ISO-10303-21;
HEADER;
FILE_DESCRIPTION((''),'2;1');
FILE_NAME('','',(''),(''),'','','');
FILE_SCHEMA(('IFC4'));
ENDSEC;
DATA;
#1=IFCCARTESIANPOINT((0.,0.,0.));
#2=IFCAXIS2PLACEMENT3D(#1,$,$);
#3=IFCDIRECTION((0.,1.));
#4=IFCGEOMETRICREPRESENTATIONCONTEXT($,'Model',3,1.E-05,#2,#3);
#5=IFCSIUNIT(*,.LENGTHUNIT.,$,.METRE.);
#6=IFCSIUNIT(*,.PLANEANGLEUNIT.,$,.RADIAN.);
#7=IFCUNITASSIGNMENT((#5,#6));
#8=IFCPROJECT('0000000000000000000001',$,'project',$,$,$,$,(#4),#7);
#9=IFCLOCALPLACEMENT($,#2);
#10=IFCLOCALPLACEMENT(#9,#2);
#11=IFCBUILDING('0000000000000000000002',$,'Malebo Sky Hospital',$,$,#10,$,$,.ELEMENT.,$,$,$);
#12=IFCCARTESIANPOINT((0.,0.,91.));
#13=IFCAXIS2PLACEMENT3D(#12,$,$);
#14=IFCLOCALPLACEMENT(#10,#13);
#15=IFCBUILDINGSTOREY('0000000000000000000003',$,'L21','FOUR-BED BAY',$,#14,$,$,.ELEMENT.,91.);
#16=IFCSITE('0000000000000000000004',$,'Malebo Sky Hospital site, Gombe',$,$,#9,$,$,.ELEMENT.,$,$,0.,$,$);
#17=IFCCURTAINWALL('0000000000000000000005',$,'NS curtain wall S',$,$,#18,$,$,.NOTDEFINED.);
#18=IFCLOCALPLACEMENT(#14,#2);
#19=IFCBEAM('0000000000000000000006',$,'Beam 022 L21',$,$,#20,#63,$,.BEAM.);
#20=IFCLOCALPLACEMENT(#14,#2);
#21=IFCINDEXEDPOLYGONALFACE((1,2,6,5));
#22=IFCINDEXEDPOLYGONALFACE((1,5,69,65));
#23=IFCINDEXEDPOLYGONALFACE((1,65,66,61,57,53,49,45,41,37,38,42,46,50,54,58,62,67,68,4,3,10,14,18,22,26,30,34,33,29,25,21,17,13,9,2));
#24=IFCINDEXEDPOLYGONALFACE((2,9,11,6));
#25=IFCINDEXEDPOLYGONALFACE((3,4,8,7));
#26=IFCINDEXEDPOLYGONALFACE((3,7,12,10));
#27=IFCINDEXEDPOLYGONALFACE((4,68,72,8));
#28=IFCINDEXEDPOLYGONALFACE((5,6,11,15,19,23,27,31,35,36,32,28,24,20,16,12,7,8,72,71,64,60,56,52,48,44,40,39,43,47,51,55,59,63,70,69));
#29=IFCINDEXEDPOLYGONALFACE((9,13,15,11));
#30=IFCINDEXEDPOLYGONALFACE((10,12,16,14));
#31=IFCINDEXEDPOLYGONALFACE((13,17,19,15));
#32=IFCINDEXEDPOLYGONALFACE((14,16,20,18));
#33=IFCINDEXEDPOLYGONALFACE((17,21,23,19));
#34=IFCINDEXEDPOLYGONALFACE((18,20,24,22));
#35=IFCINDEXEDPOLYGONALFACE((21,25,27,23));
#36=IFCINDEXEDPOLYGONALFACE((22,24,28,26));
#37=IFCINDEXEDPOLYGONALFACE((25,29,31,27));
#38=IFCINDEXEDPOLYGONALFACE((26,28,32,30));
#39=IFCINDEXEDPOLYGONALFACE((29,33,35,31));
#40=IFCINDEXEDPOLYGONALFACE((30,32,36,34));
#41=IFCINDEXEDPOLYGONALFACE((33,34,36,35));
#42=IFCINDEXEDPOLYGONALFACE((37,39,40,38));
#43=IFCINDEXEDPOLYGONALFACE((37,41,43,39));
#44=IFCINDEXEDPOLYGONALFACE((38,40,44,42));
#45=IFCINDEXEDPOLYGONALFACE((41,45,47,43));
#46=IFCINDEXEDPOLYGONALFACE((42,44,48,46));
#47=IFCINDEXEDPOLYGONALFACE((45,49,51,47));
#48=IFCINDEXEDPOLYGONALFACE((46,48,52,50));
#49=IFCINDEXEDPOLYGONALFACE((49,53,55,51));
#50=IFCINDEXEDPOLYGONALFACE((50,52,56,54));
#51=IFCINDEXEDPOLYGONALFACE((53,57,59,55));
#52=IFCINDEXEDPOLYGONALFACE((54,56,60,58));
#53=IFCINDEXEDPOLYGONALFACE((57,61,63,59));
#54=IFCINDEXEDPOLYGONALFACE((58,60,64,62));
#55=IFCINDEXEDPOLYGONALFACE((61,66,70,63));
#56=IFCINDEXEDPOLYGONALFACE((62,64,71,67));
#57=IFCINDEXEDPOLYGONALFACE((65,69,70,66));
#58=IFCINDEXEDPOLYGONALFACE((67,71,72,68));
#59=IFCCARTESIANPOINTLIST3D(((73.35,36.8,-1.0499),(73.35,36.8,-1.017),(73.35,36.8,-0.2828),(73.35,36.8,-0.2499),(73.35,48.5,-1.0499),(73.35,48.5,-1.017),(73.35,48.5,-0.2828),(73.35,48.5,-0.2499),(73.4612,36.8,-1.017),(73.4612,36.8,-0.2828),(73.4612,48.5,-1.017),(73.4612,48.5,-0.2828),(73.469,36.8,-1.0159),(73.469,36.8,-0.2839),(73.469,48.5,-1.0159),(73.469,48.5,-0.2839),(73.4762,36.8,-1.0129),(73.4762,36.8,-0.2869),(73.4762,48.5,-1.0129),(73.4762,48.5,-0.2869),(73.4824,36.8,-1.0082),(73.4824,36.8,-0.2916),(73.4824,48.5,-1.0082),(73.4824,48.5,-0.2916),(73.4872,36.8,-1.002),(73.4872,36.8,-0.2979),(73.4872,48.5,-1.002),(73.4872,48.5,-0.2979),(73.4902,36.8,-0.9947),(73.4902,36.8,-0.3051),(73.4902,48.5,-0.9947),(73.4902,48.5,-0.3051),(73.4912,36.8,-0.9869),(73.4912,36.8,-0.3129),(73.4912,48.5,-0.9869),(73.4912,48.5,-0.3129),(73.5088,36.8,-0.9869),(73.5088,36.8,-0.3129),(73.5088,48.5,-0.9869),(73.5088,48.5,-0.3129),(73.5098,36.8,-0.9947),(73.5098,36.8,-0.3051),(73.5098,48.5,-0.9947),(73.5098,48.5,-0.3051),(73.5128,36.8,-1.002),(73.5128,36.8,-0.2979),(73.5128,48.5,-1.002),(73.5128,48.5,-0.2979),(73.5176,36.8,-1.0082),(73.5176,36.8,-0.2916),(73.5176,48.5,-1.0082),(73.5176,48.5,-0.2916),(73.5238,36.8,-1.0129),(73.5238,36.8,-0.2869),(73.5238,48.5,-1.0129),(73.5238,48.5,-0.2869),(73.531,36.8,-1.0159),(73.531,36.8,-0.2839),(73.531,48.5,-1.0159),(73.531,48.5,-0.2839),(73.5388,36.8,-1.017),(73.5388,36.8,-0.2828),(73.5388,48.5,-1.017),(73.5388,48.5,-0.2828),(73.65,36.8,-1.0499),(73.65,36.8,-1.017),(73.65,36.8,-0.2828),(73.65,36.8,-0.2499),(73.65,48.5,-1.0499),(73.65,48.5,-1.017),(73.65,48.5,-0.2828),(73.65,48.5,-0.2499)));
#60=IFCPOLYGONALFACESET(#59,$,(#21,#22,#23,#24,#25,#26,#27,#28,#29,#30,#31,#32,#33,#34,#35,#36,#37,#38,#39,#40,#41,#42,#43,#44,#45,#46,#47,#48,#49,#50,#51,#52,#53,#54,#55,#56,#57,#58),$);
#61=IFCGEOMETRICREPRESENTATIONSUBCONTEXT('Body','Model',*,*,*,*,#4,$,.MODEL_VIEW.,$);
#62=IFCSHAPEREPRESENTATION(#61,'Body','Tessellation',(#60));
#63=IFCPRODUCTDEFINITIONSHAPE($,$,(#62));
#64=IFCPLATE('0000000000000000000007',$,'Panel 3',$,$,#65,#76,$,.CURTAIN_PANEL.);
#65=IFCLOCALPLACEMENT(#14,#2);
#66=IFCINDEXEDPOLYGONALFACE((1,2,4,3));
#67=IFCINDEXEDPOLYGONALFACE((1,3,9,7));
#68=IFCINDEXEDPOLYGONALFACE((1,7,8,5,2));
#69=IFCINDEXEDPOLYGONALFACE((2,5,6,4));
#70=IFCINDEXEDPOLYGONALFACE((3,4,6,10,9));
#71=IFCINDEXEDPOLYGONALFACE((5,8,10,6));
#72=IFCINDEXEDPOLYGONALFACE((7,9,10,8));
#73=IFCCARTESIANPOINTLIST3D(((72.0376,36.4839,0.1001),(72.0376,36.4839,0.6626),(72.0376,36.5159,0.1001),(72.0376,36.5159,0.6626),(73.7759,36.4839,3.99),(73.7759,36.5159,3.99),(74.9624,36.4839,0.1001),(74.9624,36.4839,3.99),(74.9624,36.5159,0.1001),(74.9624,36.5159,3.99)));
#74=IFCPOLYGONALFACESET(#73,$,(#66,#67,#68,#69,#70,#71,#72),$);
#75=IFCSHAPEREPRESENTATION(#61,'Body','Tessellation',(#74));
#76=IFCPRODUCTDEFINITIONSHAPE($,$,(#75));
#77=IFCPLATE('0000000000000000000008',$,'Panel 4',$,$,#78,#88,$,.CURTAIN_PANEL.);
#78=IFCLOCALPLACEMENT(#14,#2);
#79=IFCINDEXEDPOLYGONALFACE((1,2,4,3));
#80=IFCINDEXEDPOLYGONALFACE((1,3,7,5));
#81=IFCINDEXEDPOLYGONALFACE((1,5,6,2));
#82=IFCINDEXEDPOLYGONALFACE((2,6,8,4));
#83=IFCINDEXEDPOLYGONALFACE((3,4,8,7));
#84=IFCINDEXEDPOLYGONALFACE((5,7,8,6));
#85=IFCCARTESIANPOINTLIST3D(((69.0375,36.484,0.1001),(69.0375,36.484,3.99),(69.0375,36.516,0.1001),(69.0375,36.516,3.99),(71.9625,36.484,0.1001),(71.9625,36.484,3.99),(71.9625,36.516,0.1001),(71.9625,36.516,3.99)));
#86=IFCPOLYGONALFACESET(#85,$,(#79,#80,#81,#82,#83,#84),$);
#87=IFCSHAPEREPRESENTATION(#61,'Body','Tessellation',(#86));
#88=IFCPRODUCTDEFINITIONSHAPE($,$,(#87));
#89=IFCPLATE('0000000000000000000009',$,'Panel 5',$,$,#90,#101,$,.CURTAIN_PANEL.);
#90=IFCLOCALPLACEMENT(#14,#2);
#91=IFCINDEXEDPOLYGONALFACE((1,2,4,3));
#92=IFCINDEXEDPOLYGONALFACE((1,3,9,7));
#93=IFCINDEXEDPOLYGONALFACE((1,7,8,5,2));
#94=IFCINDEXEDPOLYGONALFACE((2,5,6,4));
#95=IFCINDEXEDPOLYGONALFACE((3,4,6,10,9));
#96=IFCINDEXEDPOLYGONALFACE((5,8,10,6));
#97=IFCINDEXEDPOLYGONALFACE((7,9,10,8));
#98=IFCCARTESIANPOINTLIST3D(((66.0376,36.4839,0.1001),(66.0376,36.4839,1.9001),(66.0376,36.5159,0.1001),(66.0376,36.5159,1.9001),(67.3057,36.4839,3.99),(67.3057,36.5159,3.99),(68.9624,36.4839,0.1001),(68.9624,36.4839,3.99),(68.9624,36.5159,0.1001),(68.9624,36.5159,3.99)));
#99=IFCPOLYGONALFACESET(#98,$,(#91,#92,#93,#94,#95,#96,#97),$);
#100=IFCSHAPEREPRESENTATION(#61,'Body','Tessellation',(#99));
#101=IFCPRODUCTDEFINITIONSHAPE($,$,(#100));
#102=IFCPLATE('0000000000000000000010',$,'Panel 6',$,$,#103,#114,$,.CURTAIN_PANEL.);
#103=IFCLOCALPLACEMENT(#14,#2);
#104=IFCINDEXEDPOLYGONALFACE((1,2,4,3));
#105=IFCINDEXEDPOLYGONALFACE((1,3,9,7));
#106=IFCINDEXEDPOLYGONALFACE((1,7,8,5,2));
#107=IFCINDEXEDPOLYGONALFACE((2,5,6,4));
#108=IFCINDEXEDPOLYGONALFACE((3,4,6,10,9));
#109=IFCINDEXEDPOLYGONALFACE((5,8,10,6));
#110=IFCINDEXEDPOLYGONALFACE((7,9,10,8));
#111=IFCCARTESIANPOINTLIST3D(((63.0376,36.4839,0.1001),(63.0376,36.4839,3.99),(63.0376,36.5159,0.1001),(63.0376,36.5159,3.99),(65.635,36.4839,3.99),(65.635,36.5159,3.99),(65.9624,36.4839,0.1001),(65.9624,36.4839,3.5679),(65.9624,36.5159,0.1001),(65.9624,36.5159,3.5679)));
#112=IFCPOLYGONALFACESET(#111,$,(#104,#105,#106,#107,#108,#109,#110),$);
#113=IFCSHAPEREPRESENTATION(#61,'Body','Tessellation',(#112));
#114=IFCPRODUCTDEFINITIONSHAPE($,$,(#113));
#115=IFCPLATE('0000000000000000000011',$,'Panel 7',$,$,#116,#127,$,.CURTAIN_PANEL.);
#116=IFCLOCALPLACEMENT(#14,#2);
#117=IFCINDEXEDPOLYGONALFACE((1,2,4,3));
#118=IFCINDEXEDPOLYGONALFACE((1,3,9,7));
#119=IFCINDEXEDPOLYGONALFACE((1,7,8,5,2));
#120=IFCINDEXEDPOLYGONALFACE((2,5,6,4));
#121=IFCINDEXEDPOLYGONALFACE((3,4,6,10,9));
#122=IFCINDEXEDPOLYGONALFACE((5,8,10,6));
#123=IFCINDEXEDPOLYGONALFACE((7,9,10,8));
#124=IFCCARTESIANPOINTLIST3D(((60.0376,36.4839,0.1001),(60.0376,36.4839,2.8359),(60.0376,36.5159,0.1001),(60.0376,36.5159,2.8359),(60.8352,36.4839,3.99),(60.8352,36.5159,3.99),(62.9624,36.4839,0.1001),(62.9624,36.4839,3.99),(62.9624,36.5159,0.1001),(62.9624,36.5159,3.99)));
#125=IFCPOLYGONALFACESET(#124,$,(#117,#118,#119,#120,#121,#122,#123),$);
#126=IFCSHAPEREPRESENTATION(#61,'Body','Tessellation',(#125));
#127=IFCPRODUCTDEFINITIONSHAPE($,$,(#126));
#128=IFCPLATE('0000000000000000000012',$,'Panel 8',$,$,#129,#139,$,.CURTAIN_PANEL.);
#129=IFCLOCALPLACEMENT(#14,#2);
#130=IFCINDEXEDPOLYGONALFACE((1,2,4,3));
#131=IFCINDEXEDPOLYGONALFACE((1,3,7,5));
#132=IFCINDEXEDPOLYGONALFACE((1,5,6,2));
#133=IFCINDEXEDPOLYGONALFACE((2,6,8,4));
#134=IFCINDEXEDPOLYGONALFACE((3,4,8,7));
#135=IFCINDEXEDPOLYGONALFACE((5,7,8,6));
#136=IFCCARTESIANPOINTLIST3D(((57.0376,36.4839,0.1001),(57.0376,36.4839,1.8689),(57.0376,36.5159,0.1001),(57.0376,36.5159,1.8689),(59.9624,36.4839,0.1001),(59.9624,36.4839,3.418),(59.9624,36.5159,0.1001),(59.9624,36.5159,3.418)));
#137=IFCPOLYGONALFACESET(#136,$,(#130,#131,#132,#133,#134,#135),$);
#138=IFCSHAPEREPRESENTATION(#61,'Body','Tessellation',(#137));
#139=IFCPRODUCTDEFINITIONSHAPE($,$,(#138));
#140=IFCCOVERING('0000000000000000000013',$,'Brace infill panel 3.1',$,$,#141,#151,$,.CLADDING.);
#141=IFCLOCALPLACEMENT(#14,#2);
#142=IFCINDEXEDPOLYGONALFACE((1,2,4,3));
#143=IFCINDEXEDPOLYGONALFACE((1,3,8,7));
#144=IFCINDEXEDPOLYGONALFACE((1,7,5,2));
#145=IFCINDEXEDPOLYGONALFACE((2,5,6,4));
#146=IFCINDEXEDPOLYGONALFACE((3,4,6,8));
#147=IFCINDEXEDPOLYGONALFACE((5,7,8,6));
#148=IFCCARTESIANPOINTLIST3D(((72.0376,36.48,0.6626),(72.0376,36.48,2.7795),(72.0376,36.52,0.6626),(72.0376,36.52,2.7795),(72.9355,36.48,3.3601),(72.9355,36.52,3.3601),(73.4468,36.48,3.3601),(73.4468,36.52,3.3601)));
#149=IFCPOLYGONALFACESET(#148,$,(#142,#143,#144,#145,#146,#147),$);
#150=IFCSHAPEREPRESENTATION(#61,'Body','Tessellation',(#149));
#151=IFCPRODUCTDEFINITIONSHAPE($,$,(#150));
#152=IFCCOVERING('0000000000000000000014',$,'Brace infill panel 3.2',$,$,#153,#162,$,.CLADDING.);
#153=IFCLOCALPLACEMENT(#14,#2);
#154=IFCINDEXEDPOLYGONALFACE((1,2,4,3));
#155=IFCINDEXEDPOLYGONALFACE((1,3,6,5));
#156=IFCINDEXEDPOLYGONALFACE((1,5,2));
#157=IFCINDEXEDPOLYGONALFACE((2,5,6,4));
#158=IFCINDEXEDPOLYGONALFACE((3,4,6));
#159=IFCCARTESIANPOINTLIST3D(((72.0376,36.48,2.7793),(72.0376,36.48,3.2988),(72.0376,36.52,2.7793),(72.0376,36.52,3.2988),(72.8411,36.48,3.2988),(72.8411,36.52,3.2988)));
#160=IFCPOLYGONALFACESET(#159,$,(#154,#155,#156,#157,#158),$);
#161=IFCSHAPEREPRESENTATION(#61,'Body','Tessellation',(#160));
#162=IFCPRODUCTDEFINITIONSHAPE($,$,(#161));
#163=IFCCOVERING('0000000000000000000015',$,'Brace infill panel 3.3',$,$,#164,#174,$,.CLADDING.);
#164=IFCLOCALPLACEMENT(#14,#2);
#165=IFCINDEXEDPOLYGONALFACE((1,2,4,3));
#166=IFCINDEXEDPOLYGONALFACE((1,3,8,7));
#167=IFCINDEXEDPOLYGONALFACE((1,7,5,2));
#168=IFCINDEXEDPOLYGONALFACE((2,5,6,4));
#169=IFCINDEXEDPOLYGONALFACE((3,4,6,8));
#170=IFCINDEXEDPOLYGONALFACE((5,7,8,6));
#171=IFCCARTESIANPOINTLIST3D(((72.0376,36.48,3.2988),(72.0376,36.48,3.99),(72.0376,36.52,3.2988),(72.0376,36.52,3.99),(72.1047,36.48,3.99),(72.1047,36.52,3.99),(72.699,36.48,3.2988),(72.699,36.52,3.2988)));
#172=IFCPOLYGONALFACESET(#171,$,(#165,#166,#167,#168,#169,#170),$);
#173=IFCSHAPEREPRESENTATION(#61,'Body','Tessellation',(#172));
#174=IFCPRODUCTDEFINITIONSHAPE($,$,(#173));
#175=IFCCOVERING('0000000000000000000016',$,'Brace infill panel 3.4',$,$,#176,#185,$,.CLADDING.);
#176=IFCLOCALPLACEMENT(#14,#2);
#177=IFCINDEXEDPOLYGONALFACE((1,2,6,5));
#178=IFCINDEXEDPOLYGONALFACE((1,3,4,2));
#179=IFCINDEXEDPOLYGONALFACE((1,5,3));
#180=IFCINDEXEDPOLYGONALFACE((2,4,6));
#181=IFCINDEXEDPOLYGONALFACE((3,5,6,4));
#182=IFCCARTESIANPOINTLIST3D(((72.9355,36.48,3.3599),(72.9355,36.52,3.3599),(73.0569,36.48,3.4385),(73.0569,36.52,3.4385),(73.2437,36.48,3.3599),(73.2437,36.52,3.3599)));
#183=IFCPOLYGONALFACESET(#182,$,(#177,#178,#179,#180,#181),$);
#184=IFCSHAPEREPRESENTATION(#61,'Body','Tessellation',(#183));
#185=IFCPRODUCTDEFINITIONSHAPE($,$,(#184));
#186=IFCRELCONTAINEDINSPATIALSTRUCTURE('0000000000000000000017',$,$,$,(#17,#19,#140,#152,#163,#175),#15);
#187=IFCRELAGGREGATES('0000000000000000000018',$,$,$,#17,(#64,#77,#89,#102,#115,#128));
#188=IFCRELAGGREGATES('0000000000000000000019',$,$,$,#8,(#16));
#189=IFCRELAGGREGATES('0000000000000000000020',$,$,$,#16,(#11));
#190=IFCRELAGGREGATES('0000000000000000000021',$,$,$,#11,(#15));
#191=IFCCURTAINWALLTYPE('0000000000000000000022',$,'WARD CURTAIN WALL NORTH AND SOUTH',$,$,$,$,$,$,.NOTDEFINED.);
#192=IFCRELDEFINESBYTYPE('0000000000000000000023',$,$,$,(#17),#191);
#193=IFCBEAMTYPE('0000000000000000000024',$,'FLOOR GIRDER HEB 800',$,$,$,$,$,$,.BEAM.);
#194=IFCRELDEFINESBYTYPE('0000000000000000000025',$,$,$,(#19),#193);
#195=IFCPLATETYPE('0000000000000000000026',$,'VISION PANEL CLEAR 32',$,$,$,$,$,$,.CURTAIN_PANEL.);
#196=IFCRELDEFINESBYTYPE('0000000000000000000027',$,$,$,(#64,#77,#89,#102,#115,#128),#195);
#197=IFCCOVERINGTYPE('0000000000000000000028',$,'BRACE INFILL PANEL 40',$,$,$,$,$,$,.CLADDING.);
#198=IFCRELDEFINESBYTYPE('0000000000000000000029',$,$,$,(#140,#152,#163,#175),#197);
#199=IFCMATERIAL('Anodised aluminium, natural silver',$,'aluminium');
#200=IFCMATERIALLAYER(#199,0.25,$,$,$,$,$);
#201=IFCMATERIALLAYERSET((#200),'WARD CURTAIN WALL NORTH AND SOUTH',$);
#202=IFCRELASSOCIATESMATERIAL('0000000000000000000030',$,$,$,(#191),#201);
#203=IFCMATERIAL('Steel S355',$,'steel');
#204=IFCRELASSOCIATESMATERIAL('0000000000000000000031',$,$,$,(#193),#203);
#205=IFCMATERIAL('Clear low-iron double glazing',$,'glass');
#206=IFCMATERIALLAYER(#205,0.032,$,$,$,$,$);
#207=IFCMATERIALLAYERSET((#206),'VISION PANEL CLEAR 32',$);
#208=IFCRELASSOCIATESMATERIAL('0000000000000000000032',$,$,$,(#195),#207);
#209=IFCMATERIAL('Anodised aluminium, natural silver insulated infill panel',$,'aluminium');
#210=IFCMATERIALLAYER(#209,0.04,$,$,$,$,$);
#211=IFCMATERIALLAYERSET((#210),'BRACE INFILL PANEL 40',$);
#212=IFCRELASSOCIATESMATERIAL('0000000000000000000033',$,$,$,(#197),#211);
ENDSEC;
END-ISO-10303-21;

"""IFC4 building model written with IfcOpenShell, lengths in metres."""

from ifc_helpers import new_model, si_unit, direction, frame, origin, origin_2d, place, context, subcontext, project, spatial, polyline, rectangle, i_section, outline, extrude, material, layer, layer_set, material_profile, profile_set, type_object, element, aggregate, save


model = new_model("IFC4")

# Units and contexts
model_context = context("Model", 3, precision=1e-05, world=origin(), true_north=direction((0.0, 1.0)))
body_context = subcontext(model_context, "Body", "Model", "MODEL_VIEW")
ifc_project = project(units=[si_unit("LENGTHUNIT", "METRE"), si_unit("PLANEANGLEUNIT", "RADIAN")], contexts=[model_context])

# Site, building, storey
site_placement = place(None, origin())
site = spatial("IfcSite", under=ifc_project, at=site_placement, Name="Malebo Sky Hospital site, Gombe", CompositionType="ELEMENT", RefElevation=0.0)
building_placement = place(site_placement, origin())
building = spatial("IfcBuilding", under=site, at=building_placement, Name="Malebo Sky Hospital", CompositionType="ELEMENT")
storey_placement = place(building_placement, frame((0.0, 0.0, 91.0)))
storey = spatial("IfcBuildingStorey", under=building, at=storey_placement, Name="L21", Description="FOUR-BED BAY", CompositionType="ELEMENT", Elevation=91.0)

# Curtain wall
ifc_material_1 = material(Name="Anodised aluminium, natural silver", Category="aluminium")
ifc_layer_1 = layer(ifc_material_1, 0.25)
ifc_layer_set_1 = layer_set([ifc_layer_1], Name="WARD CURTAIN WALL NORTH AND SOUTH")
curtain_wall_type = type_object("IfcCurtainWallType", Name="WARD CURTAIN WALL NORTH AND SOUTH", PredefinedType="NOTDEFINED", material=ifc_layer_set_1)
curtain_wall_placement = place(storey_placement, origin())
curtain_wall = element("IfcCurtainWall", 1, at=curtain_wall_placement, inside=storey, type_object=curtain_wall_type, Name="NS curtain wall S", PredefinedType="NOTDEFINED")

# Beam
ifc_material_2 = material(Name="Steel S355", Category="steel")
ifc_material_profile_1 = material_profile(ifc_material_2, i_section(OverallWidth=0.3, OverallDepth=0.8, WebThickness=0.0176, FlangeThickness=0.033, FilletRadius=0.03, at=origin_2d()), Name="HEB 800")
ifc_profile_set_1 = profile_set([ifc_material_profile_1], Name="Steel S355")
beam_type_1 = type_object("IfcBeamType", Name="FLOOR GIRDER HEB 800", PredefinedType="BEAM", material=ifc_profile_set_1)
beam_1_placement = place(storey_placement, frame((73.5, 36.8, -0.6499), z_axis=(0.0, 1.0, 0.0), x_axis=(-1.0, 0.0, 0.0)))
element("IfcBeam", 2, at=beam_1_placement, inside=storey, type_object=beam_type_1, Name="Beam 022 L21", PredefinedType="BEAM", context=body_context, shape_type="SweptSolid", body=[
    extrude(i_section(OverallWidth=0.3, OverallDepth=0.8, WebThickness=0.0176, FlangeThickness=0.033, FilletRadius=0.03, at=origin_2d()), origin(), (0.0, 0.0, 1.0), 11.7),
])

# Plates
ifc_material_3 = material(Name="Clear low-iron double glazing", Category="glass")
ifc_layer_2 = layer(ifc_material_3, 0.032)
ifc_layer_set_2 = layer_set([ifc_layer_2], Name="VISION PANEL CLEAR 32")
plate_type = type_object("IfcPlateType", Name="VISION PANEL CLEAR 32", PredefinedType="CURTAIN_PANEL", material=ifc_layer_set_2)
plate_1_placement = place(storey_placement, frame((73.5, 36.5, 0.1001), z_axis=(0.0, 0.0, 1.0), x_axis=(-1.0, 0.0, 0.0)))
plate_1 = element("IfcPlate", 3, at=plate_1_placement, type_object=plate_type, Name="Panel 3", PredefinedType="CURTAIN_PANEL", context=body_context, shape_type="SweptSolid", body=[
    extrude(outline(polyline([(-1.4624, 0.0), (1.4624, 0.0), (1.4624, 0.5625), (-0.2759, 3.8899), (-1.4624, 3.8899), (-1.4624, 0.0)])), frame((0.0, 0.0161, 0.0), z_axis=(0.0, -1.0, 0.0), x_axis=(1.0, 0.0, 0.0)), (0.0, 0.0, 1.0), 0.032),
])
plate_2_placement = place(storey_placement, frame((70.5, 36.5, 0.1001), z_axis=(0.0, 0.0, 1.0), x_axis=(-1.0, 0.0, 0.0)))
plate_2 = element("IfcPlate", 4, at=plate_2_placement, type_object=plate_type, Name="Panel 4", PredefinedType="CURTAIN_PANEL", context=body_context, shape_type="SweptSolid", body=[
    extrude(rectangle(XDim=2.925, YDim=0.032, at=origin_2d()), origin(), (0.0, 0.0, 1.0), 3.8899),
])
plate_3_placement = place(storey_placement, frame((67.5, 36.5, 0.1001), z_axis=(0.0, 0.0, 1.0), x_axis=(-1.0, 0.0, 0.0)))
plate_3 = element("IfcPlate", 5, at=plate_3_placement, type_object=plate_type, Name="Panel 5", PredefinedType="CURTAIN_PANEL", context=body_context, shape_type="SweptSolid", body=[
    extrude(outline(polyline([(-1.4624, 0.0), (1.4624, 0.0), (1.4624, 1.8), (0.1943, 3.8899), (-1.4624, 3.8899), (-1.4624, 0.0)])), frame((0.0, 0.0161, 0.0), z_axis=(0.0, -1.0, 0.0), x_axis=(1.0, 0.0, 0.0)), (0.0, 0.0, 1.0), 0.032),
])
plate_4_placement = place(storey_placement, frame((64.5, 36.5, 0.1001), z_axis=(0.0, 0.0, 1.0), x_axis=(-1.0, 0.0, 0.0)))
plate_4 = element("IfcPlate", 6, at=plate_4_placement, type_object=plate_type, Name="Panel 6", PredefinedType="CURTAIN_PANEL", context=body_context, shape_type="SweptSolid", body=[
    extrude(outline(polyline([(-1.4624, 0.0), (1.4624, 0.0), (1.4624, 3.8899), (-1.135, 3.8899), (-1.4624, 3.4678), (-1.4624, 0.0)])), frame((0.0, 0.0161, 0.0), z_axis=(0.0, -1.0, 0.0), x_axis=(1.0, 0.0, 0.0)), (0.0, 0.0, 1.0), 0.032),
])
plate_5_placement = place(storey_placement, frame((61.5, 36.5, 0.1001), z_axis=(0.0, 0.0, 1.0), x_axis=(-1.0, 0.0, 0.0)))
plate_5 = element("IfcPlate", 7, at=plate_5_placement, type_object=plate_type, Name="Panel 7", PredefinedType="CURTAIN_PANEL", context=body_context, shape_type="SweptSolid", body=[
    extrude(outline(polyline([(-1.4624, 0.0), (1.4624, 0.0), (1.4624, 2.7358), (0.6648, 3.8899), (-1.4624, 3.8899), (-1.4624, 0.0)])), frame((0.0, 0.0161, 0.0), z_axis=(0.0, -1.0, 0.0), x_axis=(1.0, 0.0, 0.0)), (0.0, 0.0, 1.0), 0.032),
])
plate_6_placement = place(storey_placement, frame((58.5, 36.5, 0.1001), z_axis=(0.0, 0.0, 1.0), x_axis=(-1.0, 0.0, 0.0)))
plate_6 = element("IfcPlate", 8, at=plate_6_placement, type_object=plate_type, Name="Panel 8", PredefinedType="CURTAIN_PANEL", context=body_context, shape_type="SweptSolid", body=[
    extrude(outline(polyline([(-1.4624, 0.0), (1.4624, 0.0), (1.4624, 1.7688), (-1.4624, 3.3179), (-1.4624, 0.0)])), frame((0.0, 0.0161, 0.0), z_axis=(0.0, -1.0, 0.0), x_axis=(1.0, 0.0, 0.0)), (0.0, 0.0, 1.0), 0.032),
])
aggregate(curtain_wall, [plate_1, plate_2, plate_3, plate_4, plate_5, plate_6])

# Coverings
ifc_material_4 = material(Name="Anodised aluminium, natural silver insulated infill panel", Category="aluminium")
ifc_layer_3 = layer(ifc_material_4, 0.04)
ifc_layer_set_3 = layer_set([ifc_layer_3], Name="BRACE INFILL PANEL 40")
covering_type = type_object("IfcCoveringType", Name="BRACE INFILL PANEL 40", PredefinedType="CLADDING", material=ifc_layer_set_3)
covering_1_placement = place(storey_placement, frame((72.7422, 36.5, 0.6626), z_axis=(0.0, 0.0, 1.0), x_axis=(-1.0, 0.0, 0.0)))
element("IfcCovering", 9, at=covering_1_placement, inside=storey, type_object=covering_type, Name="Brace infill panel 3.1", PredefinedType="CLADDING", context=body_context, shape_type="SweptSolid", body=[
    extrude(outline(polyline([(0.7046, 0.0), (0.7046, 2.1169), (-0.1934, 2.6975), (-0.7046, 2.6975), (0.7046, 0.0)])), frame((0.0, 0.02, 0.0), z_axis=(0.0, -1.0, 0.0), x_axis=(1.0, 0.0, 0.0)), (0.0, 0.0, 1.0), 0.04),
])
covering_2_placement = place(storey_placement, frame((72.4392, 36.5, 2.7793), z_axis=(0.0, 0.0, 1.0), x_axis=(-1.0, 0.0, 0.0)))
element("IfcCovering", 10, at=covering_2_placement, inside=storey, type_object=covering_type, Name="Brace infill panel 3.2", PredefinedType="CLADDING", context=body_context, shape_type="SweptSolid", body=[
    extrude(outline(polyline([(0.4016, 0.0), (0.4016, 0.5195), (-0.4019, 0.5195), (0.4016, 0.0)])), frame((0.0, 0.02, 0.0), z_axis=(0.0, -1.0, 0.0), x_axis=(1.0, 0.0, 0.0)), (0.0, 0.0, 1.0), 0.04),
])
covering_3_placement = place(storey_placement, frame((72.3682, 36.5, 3.2988), z_axis=(0.0, 0.0, 1.0), x_axis=(-1.0, 0.0, 0.0)))
element("IfcCovering", 11, at=covering_3_placement, inside=storey, type_object=covering_type, Name="Brace infill panel 3.3", PredefinedType="CLADDING", context=body_context, shape_type="SweptSolid", body=[
    extrude(outline(polyline([(-0.3308, 0.0), (0.3306, 0.0), (0.3306, 0.6912), (0.2634, 0.6912), (-0.3308, 0.0)])), frame((0.0, 0.02, 0.0), z_axis=(0.0, -1.0, 0.0), x_axis=(1.0, 0.0, 0.0)), (0.0, 0.0, 1.0), 0.04),
])
covering_4_placement = place(storey_placement, frame((73.0896, 36.5, 3.3599), z_axis=(0.0, 0.0, 1.0), x_axis=(-1.0, 0.0, 0.0)))
element("IfcCovering", 12, at=covering_4_placement, inside=storey, type_object=covering_type, Name="Brace infill panel 3.4", PredefinedType="CLADDING", context=body_context, shape_type="SweptSolid", body=[
    extrude(outline(polyline([(-0.1541, 0.0), (0.1541, 0.0), (0.0327, 0.0786), (-0.1541, 0.0)])), frame((0.0, 0.02, 0.0), z_axis=(0.0, -1.0, 0.0), x_axis=(1.0, 0.0, 0.0)), (0.0, 0.0, 1.0), 0.04),
])

save(model, "model.ifc")
